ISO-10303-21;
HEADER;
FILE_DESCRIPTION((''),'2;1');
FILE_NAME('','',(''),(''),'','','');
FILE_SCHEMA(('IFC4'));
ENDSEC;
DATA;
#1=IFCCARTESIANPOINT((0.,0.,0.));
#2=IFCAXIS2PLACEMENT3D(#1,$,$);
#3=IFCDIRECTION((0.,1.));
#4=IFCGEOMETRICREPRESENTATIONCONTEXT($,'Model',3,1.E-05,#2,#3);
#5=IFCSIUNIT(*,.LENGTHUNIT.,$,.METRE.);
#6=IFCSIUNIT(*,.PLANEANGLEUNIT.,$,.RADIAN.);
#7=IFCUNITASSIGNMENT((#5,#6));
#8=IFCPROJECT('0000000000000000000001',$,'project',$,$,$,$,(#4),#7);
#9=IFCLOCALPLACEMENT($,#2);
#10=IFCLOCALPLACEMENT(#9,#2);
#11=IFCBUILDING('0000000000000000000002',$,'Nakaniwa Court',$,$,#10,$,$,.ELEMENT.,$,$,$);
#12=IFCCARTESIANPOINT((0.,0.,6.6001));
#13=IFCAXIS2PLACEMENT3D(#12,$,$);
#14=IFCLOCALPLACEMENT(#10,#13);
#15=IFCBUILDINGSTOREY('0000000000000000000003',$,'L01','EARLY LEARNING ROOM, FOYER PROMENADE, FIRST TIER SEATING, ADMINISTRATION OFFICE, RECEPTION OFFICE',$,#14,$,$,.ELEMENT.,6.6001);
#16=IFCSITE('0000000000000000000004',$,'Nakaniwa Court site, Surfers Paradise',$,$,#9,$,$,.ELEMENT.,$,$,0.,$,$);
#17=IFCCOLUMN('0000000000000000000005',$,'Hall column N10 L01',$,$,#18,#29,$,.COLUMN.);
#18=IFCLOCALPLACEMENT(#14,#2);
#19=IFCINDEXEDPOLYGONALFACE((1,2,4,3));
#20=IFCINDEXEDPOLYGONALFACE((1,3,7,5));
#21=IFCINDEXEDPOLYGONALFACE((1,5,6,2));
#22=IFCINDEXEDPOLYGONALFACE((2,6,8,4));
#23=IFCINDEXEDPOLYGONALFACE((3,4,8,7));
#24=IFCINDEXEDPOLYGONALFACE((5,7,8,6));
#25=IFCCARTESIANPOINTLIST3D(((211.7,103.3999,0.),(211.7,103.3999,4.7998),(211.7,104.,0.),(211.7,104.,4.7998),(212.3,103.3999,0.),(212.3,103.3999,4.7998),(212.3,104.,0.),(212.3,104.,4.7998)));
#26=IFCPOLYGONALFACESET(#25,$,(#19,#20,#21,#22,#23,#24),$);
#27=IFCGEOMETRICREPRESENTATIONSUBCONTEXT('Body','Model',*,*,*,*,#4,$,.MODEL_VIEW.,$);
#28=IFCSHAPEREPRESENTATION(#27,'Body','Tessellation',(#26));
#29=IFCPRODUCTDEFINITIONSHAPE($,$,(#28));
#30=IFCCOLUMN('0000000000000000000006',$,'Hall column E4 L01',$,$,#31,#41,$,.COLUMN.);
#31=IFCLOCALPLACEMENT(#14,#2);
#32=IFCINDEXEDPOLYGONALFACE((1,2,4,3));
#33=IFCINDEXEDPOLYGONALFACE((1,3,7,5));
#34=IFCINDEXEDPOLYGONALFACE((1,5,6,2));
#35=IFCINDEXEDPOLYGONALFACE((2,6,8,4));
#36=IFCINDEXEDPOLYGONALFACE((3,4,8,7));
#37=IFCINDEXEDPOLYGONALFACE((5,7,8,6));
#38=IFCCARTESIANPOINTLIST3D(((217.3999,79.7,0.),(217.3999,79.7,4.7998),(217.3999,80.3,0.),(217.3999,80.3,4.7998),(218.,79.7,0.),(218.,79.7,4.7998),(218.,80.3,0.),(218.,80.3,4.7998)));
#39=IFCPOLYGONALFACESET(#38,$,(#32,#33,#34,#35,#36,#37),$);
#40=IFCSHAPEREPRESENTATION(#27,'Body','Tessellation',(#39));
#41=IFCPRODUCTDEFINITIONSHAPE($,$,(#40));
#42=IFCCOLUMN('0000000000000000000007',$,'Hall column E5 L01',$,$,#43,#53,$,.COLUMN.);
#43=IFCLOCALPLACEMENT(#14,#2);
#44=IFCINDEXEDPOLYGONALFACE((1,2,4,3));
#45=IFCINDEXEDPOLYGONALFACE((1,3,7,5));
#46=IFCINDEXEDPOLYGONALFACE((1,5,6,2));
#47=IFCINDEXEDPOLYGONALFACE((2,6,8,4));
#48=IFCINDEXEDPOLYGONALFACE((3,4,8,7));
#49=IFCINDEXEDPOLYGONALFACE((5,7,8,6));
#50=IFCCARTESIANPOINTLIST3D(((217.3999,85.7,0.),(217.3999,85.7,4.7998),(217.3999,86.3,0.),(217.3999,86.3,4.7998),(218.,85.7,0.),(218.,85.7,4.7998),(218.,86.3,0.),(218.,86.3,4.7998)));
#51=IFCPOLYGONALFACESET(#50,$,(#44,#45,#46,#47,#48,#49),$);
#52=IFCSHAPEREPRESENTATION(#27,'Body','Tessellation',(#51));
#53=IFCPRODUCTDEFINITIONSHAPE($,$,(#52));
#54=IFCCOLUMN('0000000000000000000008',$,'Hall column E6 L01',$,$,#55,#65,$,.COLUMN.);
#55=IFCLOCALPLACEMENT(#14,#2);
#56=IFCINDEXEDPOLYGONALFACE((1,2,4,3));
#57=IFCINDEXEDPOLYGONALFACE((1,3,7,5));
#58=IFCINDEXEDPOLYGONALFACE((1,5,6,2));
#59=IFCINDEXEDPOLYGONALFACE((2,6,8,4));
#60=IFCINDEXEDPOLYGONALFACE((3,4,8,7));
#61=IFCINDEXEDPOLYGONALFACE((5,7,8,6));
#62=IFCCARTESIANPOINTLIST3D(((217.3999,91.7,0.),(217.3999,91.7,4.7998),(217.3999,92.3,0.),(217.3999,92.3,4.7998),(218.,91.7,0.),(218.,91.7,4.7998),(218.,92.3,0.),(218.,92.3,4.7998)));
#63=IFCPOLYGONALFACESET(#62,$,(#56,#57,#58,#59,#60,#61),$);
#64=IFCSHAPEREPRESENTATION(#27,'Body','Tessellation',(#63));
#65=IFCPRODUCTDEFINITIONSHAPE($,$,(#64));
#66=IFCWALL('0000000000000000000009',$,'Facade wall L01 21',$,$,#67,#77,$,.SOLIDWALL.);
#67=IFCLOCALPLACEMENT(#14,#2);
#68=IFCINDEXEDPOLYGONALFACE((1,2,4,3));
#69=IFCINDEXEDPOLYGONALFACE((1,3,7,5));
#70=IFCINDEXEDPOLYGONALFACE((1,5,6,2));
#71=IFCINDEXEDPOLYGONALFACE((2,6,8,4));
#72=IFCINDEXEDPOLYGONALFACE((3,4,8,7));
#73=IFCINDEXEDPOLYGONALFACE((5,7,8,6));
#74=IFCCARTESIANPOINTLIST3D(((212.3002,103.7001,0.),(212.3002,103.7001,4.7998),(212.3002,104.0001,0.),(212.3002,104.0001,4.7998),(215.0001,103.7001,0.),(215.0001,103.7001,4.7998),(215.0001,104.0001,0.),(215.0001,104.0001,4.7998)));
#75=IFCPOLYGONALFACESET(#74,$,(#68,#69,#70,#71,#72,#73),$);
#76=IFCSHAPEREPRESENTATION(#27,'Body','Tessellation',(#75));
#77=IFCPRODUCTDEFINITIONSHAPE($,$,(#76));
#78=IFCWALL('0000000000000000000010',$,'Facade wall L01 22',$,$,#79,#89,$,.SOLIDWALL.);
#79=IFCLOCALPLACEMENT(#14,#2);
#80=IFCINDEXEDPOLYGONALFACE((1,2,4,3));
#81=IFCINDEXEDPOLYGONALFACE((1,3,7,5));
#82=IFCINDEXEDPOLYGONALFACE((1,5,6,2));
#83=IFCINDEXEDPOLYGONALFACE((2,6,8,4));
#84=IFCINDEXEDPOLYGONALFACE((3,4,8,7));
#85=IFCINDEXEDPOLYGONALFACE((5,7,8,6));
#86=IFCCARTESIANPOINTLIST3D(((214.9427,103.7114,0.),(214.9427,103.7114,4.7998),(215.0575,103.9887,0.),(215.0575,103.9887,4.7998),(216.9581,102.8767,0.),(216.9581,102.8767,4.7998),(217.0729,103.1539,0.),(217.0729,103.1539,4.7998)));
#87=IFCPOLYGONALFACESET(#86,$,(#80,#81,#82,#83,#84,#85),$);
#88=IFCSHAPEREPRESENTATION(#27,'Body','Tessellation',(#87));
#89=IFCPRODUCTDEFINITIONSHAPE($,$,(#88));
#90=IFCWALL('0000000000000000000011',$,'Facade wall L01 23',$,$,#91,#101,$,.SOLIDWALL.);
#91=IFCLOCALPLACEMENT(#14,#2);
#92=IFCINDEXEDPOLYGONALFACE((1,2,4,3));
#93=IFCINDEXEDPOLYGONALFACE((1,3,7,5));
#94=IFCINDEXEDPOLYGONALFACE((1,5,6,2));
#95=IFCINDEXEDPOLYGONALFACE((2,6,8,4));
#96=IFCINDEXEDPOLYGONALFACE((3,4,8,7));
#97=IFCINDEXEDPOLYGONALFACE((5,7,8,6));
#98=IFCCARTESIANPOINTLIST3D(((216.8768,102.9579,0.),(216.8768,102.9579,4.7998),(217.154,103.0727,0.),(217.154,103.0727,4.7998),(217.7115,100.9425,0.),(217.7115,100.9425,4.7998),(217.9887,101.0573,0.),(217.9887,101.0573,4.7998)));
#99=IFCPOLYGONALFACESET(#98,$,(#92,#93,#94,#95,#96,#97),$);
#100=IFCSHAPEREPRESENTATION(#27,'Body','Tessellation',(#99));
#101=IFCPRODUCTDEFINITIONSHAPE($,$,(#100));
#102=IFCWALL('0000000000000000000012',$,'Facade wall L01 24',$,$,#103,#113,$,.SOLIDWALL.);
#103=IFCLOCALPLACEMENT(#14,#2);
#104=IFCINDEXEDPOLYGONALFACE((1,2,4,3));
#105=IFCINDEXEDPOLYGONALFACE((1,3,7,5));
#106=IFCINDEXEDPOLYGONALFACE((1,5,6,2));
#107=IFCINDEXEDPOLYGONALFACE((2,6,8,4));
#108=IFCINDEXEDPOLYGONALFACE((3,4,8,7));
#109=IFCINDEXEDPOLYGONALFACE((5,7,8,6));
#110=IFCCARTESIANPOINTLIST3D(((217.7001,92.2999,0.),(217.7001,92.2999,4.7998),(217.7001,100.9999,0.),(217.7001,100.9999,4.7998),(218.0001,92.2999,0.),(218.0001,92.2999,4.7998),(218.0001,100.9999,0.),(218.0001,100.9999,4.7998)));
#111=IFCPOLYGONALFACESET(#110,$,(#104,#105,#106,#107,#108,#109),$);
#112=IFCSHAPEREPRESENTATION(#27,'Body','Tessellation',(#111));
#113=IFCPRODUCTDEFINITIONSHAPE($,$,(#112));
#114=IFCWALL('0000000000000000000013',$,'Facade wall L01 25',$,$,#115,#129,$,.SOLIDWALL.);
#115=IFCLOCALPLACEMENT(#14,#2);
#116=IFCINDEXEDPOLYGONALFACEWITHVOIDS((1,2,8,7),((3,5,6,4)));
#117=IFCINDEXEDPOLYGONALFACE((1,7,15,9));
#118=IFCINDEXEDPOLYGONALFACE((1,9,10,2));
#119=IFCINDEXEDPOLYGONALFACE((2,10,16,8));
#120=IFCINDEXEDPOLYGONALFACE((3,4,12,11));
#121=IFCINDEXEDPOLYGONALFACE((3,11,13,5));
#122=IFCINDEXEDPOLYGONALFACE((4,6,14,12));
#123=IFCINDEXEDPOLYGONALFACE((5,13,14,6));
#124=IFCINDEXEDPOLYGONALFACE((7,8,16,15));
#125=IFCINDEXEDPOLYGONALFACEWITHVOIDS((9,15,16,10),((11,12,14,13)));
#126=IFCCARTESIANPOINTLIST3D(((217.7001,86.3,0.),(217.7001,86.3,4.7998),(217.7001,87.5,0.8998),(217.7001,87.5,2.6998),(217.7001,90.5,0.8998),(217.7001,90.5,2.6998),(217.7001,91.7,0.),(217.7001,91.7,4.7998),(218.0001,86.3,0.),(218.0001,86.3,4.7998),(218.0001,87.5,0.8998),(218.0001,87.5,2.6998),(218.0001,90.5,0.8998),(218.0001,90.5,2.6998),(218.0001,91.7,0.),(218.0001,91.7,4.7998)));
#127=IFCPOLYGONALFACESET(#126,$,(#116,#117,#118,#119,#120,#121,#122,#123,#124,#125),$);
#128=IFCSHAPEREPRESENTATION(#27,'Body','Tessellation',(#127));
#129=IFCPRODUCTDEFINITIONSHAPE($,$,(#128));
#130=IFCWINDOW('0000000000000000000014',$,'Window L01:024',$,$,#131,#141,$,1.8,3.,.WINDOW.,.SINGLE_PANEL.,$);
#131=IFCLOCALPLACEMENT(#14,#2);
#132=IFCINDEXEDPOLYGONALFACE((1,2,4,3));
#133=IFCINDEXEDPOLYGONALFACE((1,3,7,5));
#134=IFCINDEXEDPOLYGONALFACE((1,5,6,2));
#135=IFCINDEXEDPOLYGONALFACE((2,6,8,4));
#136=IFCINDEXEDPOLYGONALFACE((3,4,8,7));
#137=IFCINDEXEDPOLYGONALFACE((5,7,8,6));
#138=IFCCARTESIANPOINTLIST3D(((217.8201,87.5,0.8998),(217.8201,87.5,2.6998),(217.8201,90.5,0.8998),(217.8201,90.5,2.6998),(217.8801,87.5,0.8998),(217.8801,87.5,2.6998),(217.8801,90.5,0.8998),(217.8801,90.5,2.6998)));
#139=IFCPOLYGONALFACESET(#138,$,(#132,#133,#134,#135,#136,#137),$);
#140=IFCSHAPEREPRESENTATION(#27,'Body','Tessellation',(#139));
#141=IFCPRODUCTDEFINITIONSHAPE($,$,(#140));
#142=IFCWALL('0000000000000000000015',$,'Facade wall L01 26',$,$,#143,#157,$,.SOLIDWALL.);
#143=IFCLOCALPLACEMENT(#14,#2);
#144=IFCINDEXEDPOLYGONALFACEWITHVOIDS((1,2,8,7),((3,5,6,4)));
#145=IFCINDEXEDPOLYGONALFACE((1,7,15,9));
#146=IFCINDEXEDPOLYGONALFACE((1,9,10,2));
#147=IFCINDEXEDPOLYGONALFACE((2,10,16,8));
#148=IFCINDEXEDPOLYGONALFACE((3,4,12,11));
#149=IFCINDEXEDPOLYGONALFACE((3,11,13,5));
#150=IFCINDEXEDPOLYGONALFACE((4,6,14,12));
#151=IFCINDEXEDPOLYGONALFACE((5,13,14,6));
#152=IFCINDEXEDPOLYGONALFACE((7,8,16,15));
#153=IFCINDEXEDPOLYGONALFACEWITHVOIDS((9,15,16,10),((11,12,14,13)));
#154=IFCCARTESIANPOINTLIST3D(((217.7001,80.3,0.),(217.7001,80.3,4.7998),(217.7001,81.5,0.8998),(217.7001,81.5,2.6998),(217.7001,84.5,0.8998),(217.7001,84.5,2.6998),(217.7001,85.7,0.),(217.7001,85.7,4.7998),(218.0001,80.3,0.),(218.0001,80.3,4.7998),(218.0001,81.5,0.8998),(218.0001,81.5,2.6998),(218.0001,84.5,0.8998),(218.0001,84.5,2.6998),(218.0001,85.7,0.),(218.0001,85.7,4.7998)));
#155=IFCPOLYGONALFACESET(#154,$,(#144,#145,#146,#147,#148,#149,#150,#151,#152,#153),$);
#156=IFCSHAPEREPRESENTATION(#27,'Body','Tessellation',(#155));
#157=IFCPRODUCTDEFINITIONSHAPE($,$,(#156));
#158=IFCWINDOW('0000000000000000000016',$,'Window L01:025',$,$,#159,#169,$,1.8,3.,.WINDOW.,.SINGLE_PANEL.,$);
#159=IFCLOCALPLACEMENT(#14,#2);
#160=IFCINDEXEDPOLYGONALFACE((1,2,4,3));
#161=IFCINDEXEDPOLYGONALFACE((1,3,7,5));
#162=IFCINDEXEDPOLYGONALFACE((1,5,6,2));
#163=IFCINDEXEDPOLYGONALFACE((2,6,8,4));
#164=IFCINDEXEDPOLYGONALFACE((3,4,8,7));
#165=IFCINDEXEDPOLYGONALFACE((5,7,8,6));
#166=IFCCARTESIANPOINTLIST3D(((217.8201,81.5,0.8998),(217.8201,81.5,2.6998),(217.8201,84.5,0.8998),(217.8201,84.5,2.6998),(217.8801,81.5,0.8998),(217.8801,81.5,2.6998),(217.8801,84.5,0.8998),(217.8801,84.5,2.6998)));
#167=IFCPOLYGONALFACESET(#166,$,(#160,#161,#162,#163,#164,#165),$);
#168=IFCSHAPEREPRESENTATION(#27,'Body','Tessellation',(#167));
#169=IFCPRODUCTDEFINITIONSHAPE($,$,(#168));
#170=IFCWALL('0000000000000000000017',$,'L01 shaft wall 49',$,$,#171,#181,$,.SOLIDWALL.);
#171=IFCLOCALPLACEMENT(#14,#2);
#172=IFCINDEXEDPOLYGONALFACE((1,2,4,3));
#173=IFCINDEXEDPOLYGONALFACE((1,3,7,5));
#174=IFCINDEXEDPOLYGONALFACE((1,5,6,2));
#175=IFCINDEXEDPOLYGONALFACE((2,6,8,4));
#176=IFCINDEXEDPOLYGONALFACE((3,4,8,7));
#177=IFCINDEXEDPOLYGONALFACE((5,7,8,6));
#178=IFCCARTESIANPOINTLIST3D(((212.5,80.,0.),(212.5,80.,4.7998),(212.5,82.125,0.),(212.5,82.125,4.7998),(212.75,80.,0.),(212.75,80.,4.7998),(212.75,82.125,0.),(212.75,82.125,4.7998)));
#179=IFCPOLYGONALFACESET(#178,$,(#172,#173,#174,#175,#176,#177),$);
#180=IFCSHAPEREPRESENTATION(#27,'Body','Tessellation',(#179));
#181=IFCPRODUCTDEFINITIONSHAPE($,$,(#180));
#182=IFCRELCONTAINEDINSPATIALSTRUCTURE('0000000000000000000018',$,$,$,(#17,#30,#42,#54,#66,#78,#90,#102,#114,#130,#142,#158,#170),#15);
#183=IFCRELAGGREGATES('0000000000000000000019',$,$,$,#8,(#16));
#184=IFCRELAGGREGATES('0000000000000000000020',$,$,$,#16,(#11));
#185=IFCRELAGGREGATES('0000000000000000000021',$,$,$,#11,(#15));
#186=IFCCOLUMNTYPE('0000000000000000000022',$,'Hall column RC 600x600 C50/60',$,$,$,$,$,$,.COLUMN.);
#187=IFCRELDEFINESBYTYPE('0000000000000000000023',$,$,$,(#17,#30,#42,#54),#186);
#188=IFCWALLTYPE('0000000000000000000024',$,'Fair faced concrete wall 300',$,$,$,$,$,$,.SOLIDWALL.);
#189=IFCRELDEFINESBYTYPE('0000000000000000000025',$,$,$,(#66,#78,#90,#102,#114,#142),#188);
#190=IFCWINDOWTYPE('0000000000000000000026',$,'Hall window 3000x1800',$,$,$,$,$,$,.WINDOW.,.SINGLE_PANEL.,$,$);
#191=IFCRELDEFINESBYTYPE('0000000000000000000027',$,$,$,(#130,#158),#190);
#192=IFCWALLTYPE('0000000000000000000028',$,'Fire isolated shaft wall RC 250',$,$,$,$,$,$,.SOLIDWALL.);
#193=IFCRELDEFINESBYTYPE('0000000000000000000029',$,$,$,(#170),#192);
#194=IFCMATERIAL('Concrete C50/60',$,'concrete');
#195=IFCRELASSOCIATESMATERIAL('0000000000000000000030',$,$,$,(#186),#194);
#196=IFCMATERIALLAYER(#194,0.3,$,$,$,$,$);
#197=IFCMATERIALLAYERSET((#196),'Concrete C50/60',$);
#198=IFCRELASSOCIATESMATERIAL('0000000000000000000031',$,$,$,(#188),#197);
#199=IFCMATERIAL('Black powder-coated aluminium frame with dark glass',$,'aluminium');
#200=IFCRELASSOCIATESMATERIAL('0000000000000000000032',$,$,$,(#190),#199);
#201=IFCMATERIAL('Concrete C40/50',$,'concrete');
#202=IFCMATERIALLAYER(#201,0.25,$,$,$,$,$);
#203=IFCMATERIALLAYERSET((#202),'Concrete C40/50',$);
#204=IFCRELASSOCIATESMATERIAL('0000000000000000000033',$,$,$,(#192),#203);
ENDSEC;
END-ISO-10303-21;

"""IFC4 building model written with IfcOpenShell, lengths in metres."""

from ifc_helpers import new_model, si_unit, direction, frame, frame_2d, origin, origin_2d, place, context, subcontext, project, spatial, rectangle, extrude, material, layer, layer_set, material_profile, profile_set, type_object, element, fill, save


model = new_model("IFC4")

# Units and contexts
model_context = context("Model", 3, precision=1e-05, world=origin(), true_north=direction((0.0, 1.0)))
body_context = subcontext(model_context, "Body", "Model", "MODEL_VIEW")
ifc_project = project(units=[si_unit("LENGTHUNIT", "METRE"), si_unit("PLANEANGLEUNIT", "RADIAN")], contexts=[model_context])

# Site, building, storey
site_placement = place(None, origin())
site = spatial("IfcSite", under=ifc_project, at=site_placement, Name="Nakaniwa Court site, Surfers Paradise", CompositionType="ELEMENT", RefElevation=0.0)
building_placement = place(site_placement, origin())
building = spatial("IfcBuilding", under=site, at=building_placement, Name="Nakaniwa Court", CompositionType="ELEMENT")
storey_placement = place(building_placement, frame((0.0, 0.0, 6.6001)))
storey = spatial("IfcBuildingStorey", under=building, at=storey_placement, Name="L01", Description="EARLY LEARNING ROOM, FOYER PROMENADE, FIRST TIER SEATING, ADMINISTRATION OFFICE, RECEPTION OFFICE", CompositionType="ELEMENT", Elevation=6.6001)

# Columns
ifc_material_1 = material(Name="Concrete C50/60", Category="concrete")
ifc_material_profile_1 = material_profile(ifc_material_1, rectangle(XDim=0.6001, YDim=0.6001, at=origin_2d()), Name="RC 600x600")
ifc_profile_set_1 = profile_set([ifc_material_profile_1], Name="Concrete C50/60")
column_type = type_object("IfcColumnType", Name="Hall column RC 600x600 C50/60", PredefinedType="COLUMN", material=ifc_profile_set_1)
for number, where, z_axis, x_axis, name in (
    (1, (212.0, 103.7, 0.0), (0.0, 0.0, 1.0), (1.0, 0.0, 0.0), "Hall column N10 L01"),
    (2, (217.7, 80.0, 0.0), (0.0, 0.0, 1.0), (1.0, 0.0, 0.0), "Hall column E4 L01"),
    (3, (217.7, 86.0, 0.0), (0.0, 0.0, 1.0), (1.0, 0.0, 0.0), "Hall column E5 L01"),
    (4, (217.7, 92.0, 0.0), (0.0, 0.0, 1.0), (1.0, 0.0, 0.0), "Hall column E6 L01"),
):
    element("IfcColumn", number, at=place(storey_placement, frame(where, z_axis=z_axis, x_axis=x_axis)), inside=storey, type_object=column_type, Name=name, PredefinedType="COLUMN", context=body_context, shape_type="SweptSolid", body=[
        extrude(rectangle(XDim=0.6001, YDim=0.6001, at=origin_2d()), origin(), (0.0, 0.0, 1.0), 4.7998),
    ])

# Walls
ifc_layer_1 = layer(ifc_material_1, 0.3)
ifc_layer_set_1 = layer_set([ifc_layer_1], Name="Concrete C50/60")
wall_type_1 = type_object("IfcWallType", Name="Fair faced concrete wall 300", PredefinedType="SOLIDWALL", material=ifc_layer_set_1)
wall_1_placement = place(storey_placement, frame((212.3, 103.8501, 0.0), z_axis=(0.0, 0.0, 1.0), x_axis=(1.0, 0.0, 0.0)))
element("IfcWall", 5, at=wall_1_placement, inside=storey, type_object=wall_type_1, Name="Facade wall L01 21", PredefinedType="SOLIDWALL", context=body_context, shape_type="SweptSolid", body=[
    extrude(rectangle(XDim=2.7, YDim=0.3, at=frame_2d((1.3501, 0.0))), origin(), (0.0, 0.0, 1.0), 4.7998),
])
for number, where, z_axis, x_axis, name in (
    (6, (215.0, 103.8501, 0.0), (0.0, 0.0, 1.0), (0.923893, -0.382652, 0.0), "Facade wall L01 22"),
    (7, (217.0154, 103.0154, 0.0), (0.0, 0.0, 1.0), (0.382652, -0.923893, 0.0), "Facade wall L01 23"),
):
    element("IfcWall", number, at=place(storey_placement, frame(where, z_axis=z_axis, x_axis=x_axis)), inside=storey, type_object=wall_type_1, Name=name, PredefinedType="SOLIDWALL", context=body_context, shape_type="SweptSolid", body=[
        extrude(rectangle(XDim=2.1814, YDim=0.3, at=frame_2d((1.0908, 0.0))), origin(), (0.0, 0.0, 1.0), 4.7998),
    ])
wall_2_placement = place(storey_placement, frame((217.8501, 101.0, 0.0), z_axis=(0.0, 0.0, 1.0), x_axis=(0.0, -1.0, 0.0)))
element("IfcWall", 8, at=wall_2_placement, inside=storey, type_object=wall_type_1, Name="Facade wall L01 24", PredefinedType="SOLIDWALL", context=body_context, shape_type="SweptSolid", body=[
    extrude(rectangle(XDim=8.7, YDim=0.3, at=frame_2d((4.3501, 0.0))), origin(), (0.0, 0.0, 1.0), 4.7998),
])

# Walls, openings, windows
wall_3_placement = place(storey_placement, frame((217.8501, 91.7, 0.0), z_axis=(0.0, 0.0, 1.0), x_axis=(0.0, -1.0, 0.0)))
wall_3 = element("IfcWall", 9, at=wall_3_placement, inside=storey, type_object=wall_type_1, Name="Facade wall L01 25", PredefinedType="SOLIDWALL", context=body_context, shape_type="SweptSolid", body=[
    extrude(rectangle(XDim=5.3999, YDim=0.3, at=frame_2d((2.7, 0.0))), origin(), (0.0, 0.0, 1.0), 4.7998),
])
opening_1_placement = place(wall_3_placement, frame((1.2, 0.0, 0.8999)))
opening_1 = element("IfcOpeningElement", 10, at=opening_1_placement, cuts=wall_3, PredefinedType="OPENING", context=body_context, shape_type="SweptSolid", body=[
    extrude(rectangle(XDim=3.0, YDim=1.8, at=frame_2d((1.5, 0.8999))), frame((0.0, 0.1599, 0.0), z_axis=(0.0, -1.0, 0.0), x_axis=(1.0, 0.0, 0.0)), (0.0, 0.0, 1.0), 0.3201),
])
ifc_material_2 = material(Name="Black powder-coated aluminium frame with dark glass", Category="aluminium")
window_type = type_object("IfcWindowType", Name="Hall window 3000x1800", PartitioningType="SINGLE_PANEL", PredefinedType="WINDOW", material=ifc_material_2)
window_1_placement = place(opening_1_placement, origin())
window_1 = element("IfcWindow", 11, at=window_1_placement, inside=storey, type_object=window_type, Name="Window L01:024", OverallHeight=1.8, OverallWidth=3.0, PartitioningType="SINGLE_PANEL", PredefinedType="WINDOW", context=body_context, shape_type="SweptSolid", body=[
    extrude(rectangle(XDim=3.0, YDim=1.8, at=frame_2d((1.5, 0.8999))), frame((0.0, 0.03, 0.0), z_axis=(0.0, -1.0, 0.0), x_axis=(1.0, 0.0, 0.0)), (0.0, 0.0, 1.0), 0.0601),
])
fill(opening_1, window_1)
wall_4_placement = place(storey_placement, frame((217.8501, 85.7, 0.0), z_axis=(0.0, 0.0, 1.0), x_axis=(0.0, -1.0, 0.0)))
wall_4 = element("IfcWall", 12, at=wall_4_placement, inside=storey, type_object=wall_type_1, Name="Facade wall L01 26", PredefinedType="SOLIDWALL", context=body_context, shape_type="SweptSolid", body=[
    extrude(rectangle(XDim=5.3999, YDim=0.3, at=frame_2d((2.7, 0.0))), origin(), (0.0, 0.0, 1.0), 4.7998),
])
opening_2_placement = place(wall_4_placement, frame((1.2, 0.0, 0.8999)))
opening_2 = element("IfcOpeningElement", 13, at=opening_2_placement, cuts=wall_4, PredefinedType="OPENING", context=body_context, shape_type="SweptSolid", body=[
    extrude(rectangle(XDim=3.0, YDim=1.8, at=frame_2d((1.5, 0.8999))), frame((0.0, 0.1599, 0.0), z_axis=(0.0, -1.0, 0.0), x_axis=(1.0, 0.0, 0.0)), (0.0, 0.0, 1.0), 0.3201),
])
window_2_placement = place(opening_2_placement, origin())
window_2 = element("IfcWindow", 14, at=window_2_placement, inside=storey, type_object=window_type, Name="Window L01:025", OverallHeight=1.8, OverallWidth=3.0, PartitioningType="SINGLE_PANEL", PredefinedType="WINDOW", context=body_context, shape_type="SweptSolid", body=[
    extrude(rectangle(XDim=3.0, YDim=1.8, at=frame_2d((1.5, 0.8999))), frame((0.0, 0.03, 0.0), z_axis=(0.0, -1.0, 0.0), x_axis=(1.0, 0.0, 0.0)), (0.0, 0.0, 1.0), 0.0601),
])
fill(opening_2, window_2)

# Wall
ifc_material_3 = material(Name="Concrete C40/50", Category="concrete")
ifc_layer_2 = layer(ifc_material_3, 0.25)
ifc_layer_set_2 = layer_set([ifc_layer_2], Name="Concrete C40/50")
wall_type_2 = type_object("IfcWallType", Name="Fire isolated shaft wall RC 250", PredefinedType="SOLIDWALL", material=ifc_layer_set_2)
wall_5_placement = place(storey_placement, frame((212.625, 82.125, 0.0), z_axis=(0.0, 0.0, 1.0), x_axis=(0.0, -1.0, 0.0)))
element("IfcWall", 15, at=wall_5_placement, inside=storey, type_object=wall_type_2, Name="L01 shaft wall 49", PredefinedType="SOLIDWALL", context=body_context, shape_type="SweptSolid", body=[
    extrude(rectangle(XDim=2.125, YDim=0.25, at=frame_2d((1.0625, 0.0))), origin(), (0.0, 0.0, 1.0), 4.7998),
])

save(model, "model.ifc")
